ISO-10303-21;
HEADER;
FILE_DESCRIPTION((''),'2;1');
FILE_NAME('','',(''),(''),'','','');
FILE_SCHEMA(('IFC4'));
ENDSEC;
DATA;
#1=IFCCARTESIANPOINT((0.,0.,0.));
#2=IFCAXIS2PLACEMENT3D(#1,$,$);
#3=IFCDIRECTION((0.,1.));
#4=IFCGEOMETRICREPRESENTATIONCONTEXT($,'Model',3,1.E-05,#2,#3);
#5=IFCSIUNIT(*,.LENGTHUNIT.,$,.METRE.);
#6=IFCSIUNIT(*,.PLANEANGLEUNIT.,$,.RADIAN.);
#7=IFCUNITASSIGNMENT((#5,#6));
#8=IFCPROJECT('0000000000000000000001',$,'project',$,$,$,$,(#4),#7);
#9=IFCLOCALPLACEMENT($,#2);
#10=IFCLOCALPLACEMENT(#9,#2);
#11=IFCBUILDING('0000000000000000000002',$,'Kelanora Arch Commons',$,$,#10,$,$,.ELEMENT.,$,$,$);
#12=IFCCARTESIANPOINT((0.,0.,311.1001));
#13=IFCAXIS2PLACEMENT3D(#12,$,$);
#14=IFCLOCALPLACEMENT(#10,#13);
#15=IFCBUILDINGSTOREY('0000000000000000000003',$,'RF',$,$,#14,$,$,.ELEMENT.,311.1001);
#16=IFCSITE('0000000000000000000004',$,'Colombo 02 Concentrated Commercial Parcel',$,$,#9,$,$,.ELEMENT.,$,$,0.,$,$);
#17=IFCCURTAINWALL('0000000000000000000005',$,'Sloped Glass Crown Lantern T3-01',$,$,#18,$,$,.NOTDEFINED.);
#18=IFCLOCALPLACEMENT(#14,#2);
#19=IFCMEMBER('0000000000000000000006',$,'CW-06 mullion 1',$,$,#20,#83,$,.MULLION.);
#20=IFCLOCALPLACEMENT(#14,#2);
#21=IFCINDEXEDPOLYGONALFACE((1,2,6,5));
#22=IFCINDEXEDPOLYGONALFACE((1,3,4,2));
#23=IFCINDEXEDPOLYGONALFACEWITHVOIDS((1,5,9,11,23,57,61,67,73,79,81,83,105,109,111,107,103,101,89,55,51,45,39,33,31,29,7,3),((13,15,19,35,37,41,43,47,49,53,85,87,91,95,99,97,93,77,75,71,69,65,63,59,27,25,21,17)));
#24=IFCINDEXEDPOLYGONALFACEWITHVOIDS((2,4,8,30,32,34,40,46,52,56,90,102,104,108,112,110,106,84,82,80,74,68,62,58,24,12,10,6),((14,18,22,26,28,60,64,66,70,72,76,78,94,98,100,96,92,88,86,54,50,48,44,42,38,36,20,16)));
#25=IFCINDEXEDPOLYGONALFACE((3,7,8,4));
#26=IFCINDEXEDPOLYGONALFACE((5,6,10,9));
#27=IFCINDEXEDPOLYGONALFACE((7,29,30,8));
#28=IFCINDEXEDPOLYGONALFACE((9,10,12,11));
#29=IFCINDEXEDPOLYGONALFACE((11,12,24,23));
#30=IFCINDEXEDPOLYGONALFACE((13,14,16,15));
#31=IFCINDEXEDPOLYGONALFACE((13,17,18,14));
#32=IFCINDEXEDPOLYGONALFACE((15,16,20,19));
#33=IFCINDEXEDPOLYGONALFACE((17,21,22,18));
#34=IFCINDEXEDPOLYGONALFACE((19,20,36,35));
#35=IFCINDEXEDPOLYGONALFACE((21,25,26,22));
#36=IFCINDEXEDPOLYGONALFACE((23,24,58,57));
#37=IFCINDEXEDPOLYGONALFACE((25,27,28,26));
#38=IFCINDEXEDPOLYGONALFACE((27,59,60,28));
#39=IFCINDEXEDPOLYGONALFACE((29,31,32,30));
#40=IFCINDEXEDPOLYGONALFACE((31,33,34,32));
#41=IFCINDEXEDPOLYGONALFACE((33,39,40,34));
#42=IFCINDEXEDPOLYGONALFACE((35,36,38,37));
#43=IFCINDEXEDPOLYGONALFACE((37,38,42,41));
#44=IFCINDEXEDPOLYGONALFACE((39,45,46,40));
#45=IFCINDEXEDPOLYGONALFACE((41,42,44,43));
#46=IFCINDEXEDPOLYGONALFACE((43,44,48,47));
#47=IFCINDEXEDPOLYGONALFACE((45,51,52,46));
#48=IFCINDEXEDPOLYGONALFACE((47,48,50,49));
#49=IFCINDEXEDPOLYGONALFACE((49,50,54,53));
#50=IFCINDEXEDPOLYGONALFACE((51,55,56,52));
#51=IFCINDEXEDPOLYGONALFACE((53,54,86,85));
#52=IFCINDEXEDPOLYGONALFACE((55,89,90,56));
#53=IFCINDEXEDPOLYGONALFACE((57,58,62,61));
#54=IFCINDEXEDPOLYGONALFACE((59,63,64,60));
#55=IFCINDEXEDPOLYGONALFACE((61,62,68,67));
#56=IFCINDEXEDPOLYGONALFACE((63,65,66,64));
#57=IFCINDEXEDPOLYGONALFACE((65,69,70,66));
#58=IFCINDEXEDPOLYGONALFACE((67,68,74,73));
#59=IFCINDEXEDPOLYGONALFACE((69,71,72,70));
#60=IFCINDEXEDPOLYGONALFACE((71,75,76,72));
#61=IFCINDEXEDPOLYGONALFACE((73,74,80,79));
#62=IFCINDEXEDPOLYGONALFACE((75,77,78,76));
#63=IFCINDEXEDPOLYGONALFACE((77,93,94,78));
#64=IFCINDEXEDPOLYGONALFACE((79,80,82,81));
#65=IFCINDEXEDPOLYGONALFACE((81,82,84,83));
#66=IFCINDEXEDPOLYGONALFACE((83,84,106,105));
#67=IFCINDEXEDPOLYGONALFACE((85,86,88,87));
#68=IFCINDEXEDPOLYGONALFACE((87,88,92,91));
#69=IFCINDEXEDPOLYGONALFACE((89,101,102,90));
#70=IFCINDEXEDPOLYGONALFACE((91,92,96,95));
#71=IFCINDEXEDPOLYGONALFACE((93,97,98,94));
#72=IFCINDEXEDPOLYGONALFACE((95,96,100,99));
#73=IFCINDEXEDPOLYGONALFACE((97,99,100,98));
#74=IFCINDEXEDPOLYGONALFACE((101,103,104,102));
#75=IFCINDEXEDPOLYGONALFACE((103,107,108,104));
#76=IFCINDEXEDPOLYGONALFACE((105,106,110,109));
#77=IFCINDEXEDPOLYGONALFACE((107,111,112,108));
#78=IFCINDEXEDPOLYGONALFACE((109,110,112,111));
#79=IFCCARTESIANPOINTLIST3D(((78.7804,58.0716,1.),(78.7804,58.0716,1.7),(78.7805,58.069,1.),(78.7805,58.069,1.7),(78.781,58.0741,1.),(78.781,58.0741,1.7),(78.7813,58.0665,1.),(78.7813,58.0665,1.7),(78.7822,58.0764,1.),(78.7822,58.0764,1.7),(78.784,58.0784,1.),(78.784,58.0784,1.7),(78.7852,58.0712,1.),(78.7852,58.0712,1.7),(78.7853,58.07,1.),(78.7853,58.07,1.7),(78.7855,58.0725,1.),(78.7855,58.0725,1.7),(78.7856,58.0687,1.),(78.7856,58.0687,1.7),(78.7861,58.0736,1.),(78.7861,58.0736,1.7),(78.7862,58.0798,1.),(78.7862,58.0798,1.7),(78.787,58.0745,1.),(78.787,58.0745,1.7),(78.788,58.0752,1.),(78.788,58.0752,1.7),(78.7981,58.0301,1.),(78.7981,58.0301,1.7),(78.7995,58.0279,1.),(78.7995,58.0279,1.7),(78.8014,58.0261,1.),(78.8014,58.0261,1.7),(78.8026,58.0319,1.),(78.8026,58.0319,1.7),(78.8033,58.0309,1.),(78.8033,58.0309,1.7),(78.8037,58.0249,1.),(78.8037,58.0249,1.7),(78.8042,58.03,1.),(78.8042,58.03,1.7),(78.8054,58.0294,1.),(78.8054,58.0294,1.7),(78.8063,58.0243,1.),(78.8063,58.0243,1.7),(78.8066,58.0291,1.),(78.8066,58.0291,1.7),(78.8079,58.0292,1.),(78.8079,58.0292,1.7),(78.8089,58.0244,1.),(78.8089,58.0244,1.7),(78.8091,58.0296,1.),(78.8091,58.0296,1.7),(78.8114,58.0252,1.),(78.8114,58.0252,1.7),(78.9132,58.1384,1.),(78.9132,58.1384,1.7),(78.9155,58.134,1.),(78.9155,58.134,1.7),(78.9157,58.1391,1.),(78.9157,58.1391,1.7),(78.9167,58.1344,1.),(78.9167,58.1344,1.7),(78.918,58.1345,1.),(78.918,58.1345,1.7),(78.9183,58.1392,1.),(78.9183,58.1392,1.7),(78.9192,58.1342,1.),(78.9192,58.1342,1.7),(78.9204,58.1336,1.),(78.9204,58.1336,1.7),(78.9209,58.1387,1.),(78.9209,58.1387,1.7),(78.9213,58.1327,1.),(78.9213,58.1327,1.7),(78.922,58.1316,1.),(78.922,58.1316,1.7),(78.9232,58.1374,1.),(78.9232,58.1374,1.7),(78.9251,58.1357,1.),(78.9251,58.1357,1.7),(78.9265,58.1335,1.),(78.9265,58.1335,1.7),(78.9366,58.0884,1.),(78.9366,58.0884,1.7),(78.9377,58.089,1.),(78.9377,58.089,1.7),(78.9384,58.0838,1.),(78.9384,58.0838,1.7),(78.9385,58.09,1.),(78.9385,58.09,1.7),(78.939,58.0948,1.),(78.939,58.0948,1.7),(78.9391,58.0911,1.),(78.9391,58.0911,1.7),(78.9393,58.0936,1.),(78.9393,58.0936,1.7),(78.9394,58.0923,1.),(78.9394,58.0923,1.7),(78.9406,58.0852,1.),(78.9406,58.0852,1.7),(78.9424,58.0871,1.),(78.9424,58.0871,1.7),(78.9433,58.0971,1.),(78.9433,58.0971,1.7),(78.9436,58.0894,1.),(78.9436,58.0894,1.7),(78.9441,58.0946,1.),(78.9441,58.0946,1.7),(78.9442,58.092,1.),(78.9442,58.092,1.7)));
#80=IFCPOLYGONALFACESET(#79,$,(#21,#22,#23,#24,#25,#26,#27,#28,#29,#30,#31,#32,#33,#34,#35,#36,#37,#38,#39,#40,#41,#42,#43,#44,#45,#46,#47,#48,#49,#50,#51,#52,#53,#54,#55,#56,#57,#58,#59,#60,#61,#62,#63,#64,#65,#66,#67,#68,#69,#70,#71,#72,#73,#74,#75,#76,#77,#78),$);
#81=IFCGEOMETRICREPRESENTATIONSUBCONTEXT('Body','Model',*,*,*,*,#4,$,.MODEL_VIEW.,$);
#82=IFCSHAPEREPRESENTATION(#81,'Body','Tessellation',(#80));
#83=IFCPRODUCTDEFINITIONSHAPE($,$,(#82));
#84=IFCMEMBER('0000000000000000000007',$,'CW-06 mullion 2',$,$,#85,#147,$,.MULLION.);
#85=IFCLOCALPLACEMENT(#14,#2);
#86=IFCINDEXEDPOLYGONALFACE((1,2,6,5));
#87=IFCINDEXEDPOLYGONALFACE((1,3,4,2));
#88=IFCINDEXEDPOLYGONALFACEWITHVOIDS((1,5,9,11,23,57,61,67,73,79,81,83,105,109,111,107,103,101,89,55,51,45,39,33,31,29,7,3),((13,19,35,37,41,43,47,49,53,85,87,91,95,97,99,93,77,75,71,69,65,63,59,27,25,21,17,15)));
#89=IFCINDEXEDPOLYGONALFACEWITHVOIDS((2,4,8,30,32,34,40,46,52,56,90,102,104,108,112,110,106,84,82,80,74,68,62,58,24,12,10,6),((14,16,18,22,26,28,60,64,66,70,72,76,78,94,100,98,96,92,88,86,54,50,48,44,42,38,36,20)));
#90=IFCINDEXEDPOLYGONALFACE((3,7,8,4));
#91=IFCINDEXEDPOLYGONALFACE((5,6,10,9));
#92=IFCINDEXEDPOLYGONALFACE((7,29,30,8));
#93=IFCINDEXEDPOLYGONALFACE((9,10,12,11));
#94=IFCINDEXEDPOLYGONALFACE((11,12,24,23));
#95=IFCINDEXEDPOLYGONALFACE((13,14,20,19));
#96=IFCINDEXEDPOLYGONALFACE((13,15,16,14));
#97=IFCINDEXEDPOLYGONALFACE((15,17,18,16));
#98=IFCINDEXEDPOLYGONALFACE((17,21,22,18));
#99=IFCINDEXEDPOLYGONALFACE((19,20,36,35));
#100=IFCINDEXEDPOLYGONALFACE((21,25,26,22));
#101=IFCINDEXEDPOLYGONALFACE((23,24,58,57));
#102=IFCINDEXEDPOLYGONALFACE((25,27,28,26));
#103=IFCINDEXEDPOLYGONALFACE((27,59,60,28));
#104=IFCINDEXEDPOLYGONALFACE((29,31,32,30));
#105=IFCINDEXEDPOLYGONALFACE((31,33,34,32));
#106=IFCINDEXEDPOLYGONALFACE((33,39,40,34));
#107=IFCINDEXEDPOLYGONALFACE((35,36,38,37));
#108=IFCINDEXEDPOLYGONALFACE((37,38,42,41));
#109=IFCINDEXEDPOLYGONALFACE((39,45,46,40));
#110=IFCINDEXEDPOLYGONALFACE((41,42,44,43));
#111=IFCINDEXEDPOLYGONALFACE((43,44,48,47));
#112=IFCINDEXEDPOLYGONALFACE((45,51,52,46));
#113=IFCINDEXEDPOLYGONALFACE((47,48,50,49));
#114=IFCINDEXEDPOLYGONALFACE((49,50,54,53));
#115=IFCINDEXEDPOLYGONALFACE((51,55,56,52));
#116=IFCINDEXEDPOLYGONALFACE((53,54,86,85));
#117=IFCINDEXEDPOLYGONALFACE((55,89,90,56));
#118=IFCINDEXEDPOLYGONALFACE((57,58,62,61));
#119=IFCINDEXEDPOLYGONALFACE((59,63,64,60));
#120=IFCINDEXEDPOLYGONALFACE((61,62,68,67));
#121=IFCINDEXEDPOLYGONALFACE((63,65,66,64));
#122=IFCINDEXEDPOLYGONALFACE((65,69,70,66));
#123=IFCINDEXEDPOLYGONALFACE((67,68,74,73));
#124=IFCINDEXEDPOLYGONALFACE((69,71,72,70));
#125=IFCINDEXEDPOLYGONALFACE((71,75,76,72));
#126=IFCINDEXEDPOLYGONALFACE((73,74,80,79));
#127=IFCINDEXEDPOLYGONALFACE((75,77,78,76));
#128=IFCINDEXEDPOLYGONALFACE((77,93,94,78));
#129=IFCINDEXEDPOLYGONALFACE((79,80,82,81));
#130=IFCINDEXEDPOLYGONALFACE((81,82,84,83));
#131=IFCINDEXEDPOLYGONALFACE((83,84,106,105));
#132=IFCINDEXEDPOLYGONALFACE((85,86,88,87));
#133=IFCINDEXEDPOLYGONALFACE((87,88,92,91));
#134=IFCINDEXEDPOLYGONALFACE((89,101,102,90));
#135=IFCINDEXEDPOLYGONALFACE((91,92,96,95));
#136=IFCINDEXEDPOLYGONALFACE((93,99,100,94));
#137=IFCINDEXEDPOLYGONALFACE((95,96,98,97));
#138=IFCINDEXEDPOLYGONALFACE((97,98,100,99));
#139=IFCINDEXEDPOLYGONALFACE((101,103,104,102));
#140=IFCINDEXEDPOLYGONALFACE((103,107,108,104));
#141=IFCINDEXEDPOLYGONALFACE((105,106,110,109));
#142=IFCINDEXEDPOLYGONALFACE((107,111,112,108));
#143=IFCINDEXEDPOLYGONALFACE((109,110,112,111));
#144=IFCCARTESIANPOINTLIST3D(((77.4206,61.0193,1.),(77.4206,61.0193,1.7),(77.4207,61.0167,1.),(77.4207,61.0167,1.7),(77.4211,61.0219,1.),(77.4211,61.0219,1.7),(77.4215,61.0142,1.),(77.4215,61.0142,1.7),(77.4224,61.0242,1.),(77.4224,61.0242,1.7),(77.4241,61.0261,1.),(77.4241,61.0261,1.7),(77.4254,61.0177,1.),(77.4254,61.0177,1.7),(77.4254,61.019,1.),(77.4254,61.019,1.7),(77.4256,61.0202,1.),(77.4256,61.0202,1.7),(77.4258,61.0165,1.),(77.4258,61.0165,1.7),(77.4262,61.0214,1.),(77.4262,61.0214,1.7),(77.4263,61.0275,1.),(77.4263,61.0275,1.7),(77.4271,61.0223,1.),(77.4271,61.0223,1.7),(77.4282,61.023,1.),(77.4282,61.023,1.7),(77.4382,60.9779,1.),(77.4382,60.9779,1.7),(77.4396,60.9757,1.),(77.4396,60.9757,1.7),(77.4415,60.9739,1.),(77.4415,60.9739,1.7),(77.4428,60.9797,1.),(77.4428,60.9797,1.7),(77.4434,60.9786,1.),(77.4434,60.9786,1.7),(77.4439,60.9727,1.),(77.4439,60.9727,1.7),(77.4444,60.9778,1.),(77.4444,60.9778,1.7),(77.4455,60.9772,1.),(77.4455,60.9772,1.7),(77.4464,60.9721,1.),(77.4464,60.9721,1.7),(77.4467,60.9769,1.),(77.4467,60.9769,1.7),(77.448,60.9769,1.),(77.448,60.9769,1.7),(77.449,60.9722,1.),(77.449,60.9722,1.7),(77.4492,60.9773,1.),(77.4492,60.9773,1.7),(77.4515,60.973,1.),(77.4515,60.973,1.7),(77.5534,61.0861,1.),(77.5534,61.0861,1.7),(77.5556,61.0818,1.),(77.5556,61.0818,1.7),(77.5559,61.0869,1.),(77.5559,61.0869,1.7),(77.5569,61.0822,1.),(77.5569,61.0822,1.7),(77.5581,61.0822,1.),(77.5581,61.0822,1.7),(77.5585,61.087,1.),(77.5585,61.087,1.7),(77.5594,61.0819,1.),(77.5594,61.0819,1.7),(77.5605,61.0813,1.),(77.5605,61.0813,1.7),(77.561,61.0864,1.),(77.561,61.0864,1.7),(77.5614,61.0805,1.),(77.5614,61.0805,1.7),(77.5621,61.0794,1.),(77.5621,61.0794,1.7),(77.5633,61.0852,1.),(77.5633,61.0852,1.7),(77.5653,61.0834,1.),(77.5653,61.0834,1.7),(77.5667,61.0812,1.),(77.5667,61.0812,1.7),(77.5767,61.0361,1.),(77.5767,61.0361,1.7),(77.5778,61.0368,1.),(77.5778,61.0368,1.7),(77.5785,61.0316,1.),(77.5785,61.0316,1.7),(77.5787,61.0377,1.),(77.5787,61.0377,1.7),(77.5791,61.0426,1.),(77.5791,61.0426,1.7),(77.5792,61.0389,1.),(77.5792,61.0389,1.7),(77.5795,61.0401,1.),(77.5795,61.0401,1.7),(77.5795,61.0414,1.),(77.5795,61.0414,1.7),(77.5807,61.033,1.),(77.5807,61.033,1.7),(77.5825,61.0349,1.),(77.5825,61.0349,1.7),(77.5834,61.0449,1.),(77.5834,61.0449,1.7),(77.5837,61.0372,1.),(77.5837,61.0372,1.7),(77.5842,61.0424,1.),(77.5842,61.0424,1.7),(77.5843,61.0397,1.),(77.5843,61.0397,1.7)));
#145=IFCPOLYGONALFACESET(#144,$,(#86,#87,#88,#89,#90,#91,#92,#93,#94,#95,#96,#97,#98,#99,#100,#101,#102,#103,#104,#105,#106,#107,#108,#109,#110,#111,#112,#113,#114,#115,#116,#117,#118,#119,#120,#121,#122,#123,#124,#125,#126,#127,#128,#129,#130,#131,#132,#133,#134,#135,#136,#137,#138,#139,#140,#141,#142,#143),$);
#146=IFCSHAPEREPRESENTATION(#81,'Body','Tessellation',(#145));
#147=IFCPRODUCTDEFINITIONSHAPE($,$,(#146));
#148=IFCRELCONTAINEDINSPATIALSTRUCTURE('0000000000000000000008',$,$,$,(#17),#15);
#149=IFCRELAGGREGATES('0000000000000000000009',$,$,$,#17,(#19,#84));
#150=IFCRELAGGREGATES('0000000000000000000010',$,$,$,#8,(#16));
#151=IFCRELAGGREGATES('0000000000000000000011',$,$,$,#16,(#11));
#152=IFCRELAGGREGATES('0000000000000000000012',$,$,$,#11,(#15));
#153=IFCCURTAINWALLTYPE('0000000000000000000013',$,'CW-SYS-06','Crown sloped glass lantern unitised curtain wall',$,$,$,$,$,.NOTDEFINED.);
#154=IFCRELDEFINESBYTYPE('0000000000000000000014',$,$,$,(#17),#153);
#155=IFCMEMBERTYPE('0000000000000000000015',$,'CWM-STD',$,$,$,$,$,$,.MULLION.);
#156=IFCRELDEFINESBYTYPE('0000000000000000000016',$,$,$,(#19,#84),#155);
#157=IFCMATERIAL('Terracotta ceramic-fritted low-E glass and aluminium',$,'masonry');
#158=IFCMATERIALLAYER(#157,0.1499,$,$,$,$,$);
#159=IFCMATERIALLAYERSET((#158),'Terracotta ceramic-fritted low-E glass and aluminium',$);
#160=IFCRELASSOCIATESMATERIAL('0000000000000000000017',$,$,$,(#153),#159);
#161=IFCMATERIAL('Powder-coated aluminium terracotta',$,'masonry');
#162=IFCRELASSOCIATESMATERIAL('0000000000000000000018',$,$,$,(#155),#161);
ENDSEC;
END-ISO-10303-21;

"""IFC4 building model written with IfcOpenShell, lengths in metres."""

from ifc_helpers import new_model, si_unit, direction, frame, origin, origin_2d, place, context, subcontext, project, spatial, hollow_rectangle, extrude, material, layer, layer_set, material_profile, profile_set, type_object, element, aggregate, save


model = new_model("IFC4")

# Units and contexts
model_context = context("Model", 3, precision=1e-05, world=origin(), true_north=direction((0.0, 1.0)))
body_context = subcontext(model_context, "Body", "Model", "MODEL_VIEW")
ifc_project = project(units=[si_unit("LENGTHUNIT", "METRE"), si_unit("PLANEANGLEUNIT", "RADIAN")], contexts=[model_context])

# Site, building, storey
site_placement = place(None, origin())
site = spatial("IfcSite", under=ifc_project, at=site_placement, Name="Colombo 02 Concentrated Commercial Parcel", CompositionType="ELEMENT", RefElevation=0.0)
building_placement = place(site_placement, origin())
building = spatial("IfcBuilding", under=site, at=building_placement, Name="Kelanora Arch Commons", CompositionType="ELEMENT")
storey_placement = place(building_placement, frame((0.0, 0.0, 311.1001)))
storey = spatial("IfcBuildingStorey", under=building, at=storey_placement, Name="RF", CompositionType="ELEMENT", Elevation=311.1001)

# Curtain wall, members
ifc_material_1 = material(Name="Terracotta ceramic-fritted low-E glass and aluminium", Category="masonry")
ifc_layer_1 = layer(ifc_material_1, 0.1499)
ifc_layer_set_1 = layer_set([ifc_layer_1], Name="Terracotta ceramic-fritted low-E glass and aluminium")
curtain_wall_type = type_object("IfcCurtainWallType", Name="CW-SYS-06", Description="Crown sloped glass lantern unitised curtain wall", PredefinedType="NOTDEFINED", material=ifc_layer_set_1)
curtain_wall_1_placement = place(storey_placement, origin())
curtain_wall_1 = element("IfcCurtainWall", 1, at=curtain_wall_1_placement, inside=storey, type_object=curtain_wall_type, Name="Sloped Glass Crown Lantern T3-01", PredefinedType="NOTDEFINED")
ifc_material_2 = material(Name="Powder-coated aluminium terracotta", Category="masonry")
ifc_material_profile_1 = material_profile(ifc_material_2, hollow_rectangle(XDim=0.1599, YDim=0.0601, WallThickness=0.0049, InnerFilletRadius=0.0049, OuterFilletRadius=0.01, at=origin_2d()), Name="CWM160x60")
ifc_profile_set_1 = profile_set([ifc_material_profile_1], Name="Powder-coated aluminium terracotta")
member_type_1 = type_object("IfcMemberType", Name="CWM-STD", PredefinedType="MULLION", material=ifc_profile_set_1)
member_1_placement = place(storey_placement, frame((78.8623, 58.0818, 1.0), z_axis=(0.0, 0.0, 1.0), x_axis=(-0.908037, -0.418889, 0.0)))
member_1 = element("IfcMember", 2, at=member_1_placement, type_object=member_type_1, Name="CW-06 mullion 1", PredefinedType="MULLION", context=body_context, shape_type="SweptSolid", body=[
    extrude(hollow_rectangle(XDim=0.1599, YDim=0.0601, WallThickness=0.0049, InnerFilletRadius=0.0049, OuterFilletRadius=0.01, at=origin_2d()), origin(), (0.0, 0.0, 1.0), 0.7),
])
member_2_placement = place(storey_placement, frame((77.5024, 61.0295, 1.0), z_axis=(0.0, 0.0, 1.0), x_axis=(-0.908037, -0.418889, 0.0)))
member_2 = element("IfcMember", 3, at=member_2_placement, type_object=member_type_1, Name="CW-06 mullion 2", PredefinedType="MULLION", context=body_context, shape_type="SweptSolid", body=[
    extrude(hollow_rectangle(XDim=0.1599, YDim=0.0601, WallThickness=0.0049, InnerFilletRadius=0.0049, OuterFilletRadius=0.01, at=origin_2d()), origin(), (0.0, 0.0, 1.0), 0.7),
])

aggregate(curtain_wall_1, [member_1, member_2])

save(model, "model.ifc")
